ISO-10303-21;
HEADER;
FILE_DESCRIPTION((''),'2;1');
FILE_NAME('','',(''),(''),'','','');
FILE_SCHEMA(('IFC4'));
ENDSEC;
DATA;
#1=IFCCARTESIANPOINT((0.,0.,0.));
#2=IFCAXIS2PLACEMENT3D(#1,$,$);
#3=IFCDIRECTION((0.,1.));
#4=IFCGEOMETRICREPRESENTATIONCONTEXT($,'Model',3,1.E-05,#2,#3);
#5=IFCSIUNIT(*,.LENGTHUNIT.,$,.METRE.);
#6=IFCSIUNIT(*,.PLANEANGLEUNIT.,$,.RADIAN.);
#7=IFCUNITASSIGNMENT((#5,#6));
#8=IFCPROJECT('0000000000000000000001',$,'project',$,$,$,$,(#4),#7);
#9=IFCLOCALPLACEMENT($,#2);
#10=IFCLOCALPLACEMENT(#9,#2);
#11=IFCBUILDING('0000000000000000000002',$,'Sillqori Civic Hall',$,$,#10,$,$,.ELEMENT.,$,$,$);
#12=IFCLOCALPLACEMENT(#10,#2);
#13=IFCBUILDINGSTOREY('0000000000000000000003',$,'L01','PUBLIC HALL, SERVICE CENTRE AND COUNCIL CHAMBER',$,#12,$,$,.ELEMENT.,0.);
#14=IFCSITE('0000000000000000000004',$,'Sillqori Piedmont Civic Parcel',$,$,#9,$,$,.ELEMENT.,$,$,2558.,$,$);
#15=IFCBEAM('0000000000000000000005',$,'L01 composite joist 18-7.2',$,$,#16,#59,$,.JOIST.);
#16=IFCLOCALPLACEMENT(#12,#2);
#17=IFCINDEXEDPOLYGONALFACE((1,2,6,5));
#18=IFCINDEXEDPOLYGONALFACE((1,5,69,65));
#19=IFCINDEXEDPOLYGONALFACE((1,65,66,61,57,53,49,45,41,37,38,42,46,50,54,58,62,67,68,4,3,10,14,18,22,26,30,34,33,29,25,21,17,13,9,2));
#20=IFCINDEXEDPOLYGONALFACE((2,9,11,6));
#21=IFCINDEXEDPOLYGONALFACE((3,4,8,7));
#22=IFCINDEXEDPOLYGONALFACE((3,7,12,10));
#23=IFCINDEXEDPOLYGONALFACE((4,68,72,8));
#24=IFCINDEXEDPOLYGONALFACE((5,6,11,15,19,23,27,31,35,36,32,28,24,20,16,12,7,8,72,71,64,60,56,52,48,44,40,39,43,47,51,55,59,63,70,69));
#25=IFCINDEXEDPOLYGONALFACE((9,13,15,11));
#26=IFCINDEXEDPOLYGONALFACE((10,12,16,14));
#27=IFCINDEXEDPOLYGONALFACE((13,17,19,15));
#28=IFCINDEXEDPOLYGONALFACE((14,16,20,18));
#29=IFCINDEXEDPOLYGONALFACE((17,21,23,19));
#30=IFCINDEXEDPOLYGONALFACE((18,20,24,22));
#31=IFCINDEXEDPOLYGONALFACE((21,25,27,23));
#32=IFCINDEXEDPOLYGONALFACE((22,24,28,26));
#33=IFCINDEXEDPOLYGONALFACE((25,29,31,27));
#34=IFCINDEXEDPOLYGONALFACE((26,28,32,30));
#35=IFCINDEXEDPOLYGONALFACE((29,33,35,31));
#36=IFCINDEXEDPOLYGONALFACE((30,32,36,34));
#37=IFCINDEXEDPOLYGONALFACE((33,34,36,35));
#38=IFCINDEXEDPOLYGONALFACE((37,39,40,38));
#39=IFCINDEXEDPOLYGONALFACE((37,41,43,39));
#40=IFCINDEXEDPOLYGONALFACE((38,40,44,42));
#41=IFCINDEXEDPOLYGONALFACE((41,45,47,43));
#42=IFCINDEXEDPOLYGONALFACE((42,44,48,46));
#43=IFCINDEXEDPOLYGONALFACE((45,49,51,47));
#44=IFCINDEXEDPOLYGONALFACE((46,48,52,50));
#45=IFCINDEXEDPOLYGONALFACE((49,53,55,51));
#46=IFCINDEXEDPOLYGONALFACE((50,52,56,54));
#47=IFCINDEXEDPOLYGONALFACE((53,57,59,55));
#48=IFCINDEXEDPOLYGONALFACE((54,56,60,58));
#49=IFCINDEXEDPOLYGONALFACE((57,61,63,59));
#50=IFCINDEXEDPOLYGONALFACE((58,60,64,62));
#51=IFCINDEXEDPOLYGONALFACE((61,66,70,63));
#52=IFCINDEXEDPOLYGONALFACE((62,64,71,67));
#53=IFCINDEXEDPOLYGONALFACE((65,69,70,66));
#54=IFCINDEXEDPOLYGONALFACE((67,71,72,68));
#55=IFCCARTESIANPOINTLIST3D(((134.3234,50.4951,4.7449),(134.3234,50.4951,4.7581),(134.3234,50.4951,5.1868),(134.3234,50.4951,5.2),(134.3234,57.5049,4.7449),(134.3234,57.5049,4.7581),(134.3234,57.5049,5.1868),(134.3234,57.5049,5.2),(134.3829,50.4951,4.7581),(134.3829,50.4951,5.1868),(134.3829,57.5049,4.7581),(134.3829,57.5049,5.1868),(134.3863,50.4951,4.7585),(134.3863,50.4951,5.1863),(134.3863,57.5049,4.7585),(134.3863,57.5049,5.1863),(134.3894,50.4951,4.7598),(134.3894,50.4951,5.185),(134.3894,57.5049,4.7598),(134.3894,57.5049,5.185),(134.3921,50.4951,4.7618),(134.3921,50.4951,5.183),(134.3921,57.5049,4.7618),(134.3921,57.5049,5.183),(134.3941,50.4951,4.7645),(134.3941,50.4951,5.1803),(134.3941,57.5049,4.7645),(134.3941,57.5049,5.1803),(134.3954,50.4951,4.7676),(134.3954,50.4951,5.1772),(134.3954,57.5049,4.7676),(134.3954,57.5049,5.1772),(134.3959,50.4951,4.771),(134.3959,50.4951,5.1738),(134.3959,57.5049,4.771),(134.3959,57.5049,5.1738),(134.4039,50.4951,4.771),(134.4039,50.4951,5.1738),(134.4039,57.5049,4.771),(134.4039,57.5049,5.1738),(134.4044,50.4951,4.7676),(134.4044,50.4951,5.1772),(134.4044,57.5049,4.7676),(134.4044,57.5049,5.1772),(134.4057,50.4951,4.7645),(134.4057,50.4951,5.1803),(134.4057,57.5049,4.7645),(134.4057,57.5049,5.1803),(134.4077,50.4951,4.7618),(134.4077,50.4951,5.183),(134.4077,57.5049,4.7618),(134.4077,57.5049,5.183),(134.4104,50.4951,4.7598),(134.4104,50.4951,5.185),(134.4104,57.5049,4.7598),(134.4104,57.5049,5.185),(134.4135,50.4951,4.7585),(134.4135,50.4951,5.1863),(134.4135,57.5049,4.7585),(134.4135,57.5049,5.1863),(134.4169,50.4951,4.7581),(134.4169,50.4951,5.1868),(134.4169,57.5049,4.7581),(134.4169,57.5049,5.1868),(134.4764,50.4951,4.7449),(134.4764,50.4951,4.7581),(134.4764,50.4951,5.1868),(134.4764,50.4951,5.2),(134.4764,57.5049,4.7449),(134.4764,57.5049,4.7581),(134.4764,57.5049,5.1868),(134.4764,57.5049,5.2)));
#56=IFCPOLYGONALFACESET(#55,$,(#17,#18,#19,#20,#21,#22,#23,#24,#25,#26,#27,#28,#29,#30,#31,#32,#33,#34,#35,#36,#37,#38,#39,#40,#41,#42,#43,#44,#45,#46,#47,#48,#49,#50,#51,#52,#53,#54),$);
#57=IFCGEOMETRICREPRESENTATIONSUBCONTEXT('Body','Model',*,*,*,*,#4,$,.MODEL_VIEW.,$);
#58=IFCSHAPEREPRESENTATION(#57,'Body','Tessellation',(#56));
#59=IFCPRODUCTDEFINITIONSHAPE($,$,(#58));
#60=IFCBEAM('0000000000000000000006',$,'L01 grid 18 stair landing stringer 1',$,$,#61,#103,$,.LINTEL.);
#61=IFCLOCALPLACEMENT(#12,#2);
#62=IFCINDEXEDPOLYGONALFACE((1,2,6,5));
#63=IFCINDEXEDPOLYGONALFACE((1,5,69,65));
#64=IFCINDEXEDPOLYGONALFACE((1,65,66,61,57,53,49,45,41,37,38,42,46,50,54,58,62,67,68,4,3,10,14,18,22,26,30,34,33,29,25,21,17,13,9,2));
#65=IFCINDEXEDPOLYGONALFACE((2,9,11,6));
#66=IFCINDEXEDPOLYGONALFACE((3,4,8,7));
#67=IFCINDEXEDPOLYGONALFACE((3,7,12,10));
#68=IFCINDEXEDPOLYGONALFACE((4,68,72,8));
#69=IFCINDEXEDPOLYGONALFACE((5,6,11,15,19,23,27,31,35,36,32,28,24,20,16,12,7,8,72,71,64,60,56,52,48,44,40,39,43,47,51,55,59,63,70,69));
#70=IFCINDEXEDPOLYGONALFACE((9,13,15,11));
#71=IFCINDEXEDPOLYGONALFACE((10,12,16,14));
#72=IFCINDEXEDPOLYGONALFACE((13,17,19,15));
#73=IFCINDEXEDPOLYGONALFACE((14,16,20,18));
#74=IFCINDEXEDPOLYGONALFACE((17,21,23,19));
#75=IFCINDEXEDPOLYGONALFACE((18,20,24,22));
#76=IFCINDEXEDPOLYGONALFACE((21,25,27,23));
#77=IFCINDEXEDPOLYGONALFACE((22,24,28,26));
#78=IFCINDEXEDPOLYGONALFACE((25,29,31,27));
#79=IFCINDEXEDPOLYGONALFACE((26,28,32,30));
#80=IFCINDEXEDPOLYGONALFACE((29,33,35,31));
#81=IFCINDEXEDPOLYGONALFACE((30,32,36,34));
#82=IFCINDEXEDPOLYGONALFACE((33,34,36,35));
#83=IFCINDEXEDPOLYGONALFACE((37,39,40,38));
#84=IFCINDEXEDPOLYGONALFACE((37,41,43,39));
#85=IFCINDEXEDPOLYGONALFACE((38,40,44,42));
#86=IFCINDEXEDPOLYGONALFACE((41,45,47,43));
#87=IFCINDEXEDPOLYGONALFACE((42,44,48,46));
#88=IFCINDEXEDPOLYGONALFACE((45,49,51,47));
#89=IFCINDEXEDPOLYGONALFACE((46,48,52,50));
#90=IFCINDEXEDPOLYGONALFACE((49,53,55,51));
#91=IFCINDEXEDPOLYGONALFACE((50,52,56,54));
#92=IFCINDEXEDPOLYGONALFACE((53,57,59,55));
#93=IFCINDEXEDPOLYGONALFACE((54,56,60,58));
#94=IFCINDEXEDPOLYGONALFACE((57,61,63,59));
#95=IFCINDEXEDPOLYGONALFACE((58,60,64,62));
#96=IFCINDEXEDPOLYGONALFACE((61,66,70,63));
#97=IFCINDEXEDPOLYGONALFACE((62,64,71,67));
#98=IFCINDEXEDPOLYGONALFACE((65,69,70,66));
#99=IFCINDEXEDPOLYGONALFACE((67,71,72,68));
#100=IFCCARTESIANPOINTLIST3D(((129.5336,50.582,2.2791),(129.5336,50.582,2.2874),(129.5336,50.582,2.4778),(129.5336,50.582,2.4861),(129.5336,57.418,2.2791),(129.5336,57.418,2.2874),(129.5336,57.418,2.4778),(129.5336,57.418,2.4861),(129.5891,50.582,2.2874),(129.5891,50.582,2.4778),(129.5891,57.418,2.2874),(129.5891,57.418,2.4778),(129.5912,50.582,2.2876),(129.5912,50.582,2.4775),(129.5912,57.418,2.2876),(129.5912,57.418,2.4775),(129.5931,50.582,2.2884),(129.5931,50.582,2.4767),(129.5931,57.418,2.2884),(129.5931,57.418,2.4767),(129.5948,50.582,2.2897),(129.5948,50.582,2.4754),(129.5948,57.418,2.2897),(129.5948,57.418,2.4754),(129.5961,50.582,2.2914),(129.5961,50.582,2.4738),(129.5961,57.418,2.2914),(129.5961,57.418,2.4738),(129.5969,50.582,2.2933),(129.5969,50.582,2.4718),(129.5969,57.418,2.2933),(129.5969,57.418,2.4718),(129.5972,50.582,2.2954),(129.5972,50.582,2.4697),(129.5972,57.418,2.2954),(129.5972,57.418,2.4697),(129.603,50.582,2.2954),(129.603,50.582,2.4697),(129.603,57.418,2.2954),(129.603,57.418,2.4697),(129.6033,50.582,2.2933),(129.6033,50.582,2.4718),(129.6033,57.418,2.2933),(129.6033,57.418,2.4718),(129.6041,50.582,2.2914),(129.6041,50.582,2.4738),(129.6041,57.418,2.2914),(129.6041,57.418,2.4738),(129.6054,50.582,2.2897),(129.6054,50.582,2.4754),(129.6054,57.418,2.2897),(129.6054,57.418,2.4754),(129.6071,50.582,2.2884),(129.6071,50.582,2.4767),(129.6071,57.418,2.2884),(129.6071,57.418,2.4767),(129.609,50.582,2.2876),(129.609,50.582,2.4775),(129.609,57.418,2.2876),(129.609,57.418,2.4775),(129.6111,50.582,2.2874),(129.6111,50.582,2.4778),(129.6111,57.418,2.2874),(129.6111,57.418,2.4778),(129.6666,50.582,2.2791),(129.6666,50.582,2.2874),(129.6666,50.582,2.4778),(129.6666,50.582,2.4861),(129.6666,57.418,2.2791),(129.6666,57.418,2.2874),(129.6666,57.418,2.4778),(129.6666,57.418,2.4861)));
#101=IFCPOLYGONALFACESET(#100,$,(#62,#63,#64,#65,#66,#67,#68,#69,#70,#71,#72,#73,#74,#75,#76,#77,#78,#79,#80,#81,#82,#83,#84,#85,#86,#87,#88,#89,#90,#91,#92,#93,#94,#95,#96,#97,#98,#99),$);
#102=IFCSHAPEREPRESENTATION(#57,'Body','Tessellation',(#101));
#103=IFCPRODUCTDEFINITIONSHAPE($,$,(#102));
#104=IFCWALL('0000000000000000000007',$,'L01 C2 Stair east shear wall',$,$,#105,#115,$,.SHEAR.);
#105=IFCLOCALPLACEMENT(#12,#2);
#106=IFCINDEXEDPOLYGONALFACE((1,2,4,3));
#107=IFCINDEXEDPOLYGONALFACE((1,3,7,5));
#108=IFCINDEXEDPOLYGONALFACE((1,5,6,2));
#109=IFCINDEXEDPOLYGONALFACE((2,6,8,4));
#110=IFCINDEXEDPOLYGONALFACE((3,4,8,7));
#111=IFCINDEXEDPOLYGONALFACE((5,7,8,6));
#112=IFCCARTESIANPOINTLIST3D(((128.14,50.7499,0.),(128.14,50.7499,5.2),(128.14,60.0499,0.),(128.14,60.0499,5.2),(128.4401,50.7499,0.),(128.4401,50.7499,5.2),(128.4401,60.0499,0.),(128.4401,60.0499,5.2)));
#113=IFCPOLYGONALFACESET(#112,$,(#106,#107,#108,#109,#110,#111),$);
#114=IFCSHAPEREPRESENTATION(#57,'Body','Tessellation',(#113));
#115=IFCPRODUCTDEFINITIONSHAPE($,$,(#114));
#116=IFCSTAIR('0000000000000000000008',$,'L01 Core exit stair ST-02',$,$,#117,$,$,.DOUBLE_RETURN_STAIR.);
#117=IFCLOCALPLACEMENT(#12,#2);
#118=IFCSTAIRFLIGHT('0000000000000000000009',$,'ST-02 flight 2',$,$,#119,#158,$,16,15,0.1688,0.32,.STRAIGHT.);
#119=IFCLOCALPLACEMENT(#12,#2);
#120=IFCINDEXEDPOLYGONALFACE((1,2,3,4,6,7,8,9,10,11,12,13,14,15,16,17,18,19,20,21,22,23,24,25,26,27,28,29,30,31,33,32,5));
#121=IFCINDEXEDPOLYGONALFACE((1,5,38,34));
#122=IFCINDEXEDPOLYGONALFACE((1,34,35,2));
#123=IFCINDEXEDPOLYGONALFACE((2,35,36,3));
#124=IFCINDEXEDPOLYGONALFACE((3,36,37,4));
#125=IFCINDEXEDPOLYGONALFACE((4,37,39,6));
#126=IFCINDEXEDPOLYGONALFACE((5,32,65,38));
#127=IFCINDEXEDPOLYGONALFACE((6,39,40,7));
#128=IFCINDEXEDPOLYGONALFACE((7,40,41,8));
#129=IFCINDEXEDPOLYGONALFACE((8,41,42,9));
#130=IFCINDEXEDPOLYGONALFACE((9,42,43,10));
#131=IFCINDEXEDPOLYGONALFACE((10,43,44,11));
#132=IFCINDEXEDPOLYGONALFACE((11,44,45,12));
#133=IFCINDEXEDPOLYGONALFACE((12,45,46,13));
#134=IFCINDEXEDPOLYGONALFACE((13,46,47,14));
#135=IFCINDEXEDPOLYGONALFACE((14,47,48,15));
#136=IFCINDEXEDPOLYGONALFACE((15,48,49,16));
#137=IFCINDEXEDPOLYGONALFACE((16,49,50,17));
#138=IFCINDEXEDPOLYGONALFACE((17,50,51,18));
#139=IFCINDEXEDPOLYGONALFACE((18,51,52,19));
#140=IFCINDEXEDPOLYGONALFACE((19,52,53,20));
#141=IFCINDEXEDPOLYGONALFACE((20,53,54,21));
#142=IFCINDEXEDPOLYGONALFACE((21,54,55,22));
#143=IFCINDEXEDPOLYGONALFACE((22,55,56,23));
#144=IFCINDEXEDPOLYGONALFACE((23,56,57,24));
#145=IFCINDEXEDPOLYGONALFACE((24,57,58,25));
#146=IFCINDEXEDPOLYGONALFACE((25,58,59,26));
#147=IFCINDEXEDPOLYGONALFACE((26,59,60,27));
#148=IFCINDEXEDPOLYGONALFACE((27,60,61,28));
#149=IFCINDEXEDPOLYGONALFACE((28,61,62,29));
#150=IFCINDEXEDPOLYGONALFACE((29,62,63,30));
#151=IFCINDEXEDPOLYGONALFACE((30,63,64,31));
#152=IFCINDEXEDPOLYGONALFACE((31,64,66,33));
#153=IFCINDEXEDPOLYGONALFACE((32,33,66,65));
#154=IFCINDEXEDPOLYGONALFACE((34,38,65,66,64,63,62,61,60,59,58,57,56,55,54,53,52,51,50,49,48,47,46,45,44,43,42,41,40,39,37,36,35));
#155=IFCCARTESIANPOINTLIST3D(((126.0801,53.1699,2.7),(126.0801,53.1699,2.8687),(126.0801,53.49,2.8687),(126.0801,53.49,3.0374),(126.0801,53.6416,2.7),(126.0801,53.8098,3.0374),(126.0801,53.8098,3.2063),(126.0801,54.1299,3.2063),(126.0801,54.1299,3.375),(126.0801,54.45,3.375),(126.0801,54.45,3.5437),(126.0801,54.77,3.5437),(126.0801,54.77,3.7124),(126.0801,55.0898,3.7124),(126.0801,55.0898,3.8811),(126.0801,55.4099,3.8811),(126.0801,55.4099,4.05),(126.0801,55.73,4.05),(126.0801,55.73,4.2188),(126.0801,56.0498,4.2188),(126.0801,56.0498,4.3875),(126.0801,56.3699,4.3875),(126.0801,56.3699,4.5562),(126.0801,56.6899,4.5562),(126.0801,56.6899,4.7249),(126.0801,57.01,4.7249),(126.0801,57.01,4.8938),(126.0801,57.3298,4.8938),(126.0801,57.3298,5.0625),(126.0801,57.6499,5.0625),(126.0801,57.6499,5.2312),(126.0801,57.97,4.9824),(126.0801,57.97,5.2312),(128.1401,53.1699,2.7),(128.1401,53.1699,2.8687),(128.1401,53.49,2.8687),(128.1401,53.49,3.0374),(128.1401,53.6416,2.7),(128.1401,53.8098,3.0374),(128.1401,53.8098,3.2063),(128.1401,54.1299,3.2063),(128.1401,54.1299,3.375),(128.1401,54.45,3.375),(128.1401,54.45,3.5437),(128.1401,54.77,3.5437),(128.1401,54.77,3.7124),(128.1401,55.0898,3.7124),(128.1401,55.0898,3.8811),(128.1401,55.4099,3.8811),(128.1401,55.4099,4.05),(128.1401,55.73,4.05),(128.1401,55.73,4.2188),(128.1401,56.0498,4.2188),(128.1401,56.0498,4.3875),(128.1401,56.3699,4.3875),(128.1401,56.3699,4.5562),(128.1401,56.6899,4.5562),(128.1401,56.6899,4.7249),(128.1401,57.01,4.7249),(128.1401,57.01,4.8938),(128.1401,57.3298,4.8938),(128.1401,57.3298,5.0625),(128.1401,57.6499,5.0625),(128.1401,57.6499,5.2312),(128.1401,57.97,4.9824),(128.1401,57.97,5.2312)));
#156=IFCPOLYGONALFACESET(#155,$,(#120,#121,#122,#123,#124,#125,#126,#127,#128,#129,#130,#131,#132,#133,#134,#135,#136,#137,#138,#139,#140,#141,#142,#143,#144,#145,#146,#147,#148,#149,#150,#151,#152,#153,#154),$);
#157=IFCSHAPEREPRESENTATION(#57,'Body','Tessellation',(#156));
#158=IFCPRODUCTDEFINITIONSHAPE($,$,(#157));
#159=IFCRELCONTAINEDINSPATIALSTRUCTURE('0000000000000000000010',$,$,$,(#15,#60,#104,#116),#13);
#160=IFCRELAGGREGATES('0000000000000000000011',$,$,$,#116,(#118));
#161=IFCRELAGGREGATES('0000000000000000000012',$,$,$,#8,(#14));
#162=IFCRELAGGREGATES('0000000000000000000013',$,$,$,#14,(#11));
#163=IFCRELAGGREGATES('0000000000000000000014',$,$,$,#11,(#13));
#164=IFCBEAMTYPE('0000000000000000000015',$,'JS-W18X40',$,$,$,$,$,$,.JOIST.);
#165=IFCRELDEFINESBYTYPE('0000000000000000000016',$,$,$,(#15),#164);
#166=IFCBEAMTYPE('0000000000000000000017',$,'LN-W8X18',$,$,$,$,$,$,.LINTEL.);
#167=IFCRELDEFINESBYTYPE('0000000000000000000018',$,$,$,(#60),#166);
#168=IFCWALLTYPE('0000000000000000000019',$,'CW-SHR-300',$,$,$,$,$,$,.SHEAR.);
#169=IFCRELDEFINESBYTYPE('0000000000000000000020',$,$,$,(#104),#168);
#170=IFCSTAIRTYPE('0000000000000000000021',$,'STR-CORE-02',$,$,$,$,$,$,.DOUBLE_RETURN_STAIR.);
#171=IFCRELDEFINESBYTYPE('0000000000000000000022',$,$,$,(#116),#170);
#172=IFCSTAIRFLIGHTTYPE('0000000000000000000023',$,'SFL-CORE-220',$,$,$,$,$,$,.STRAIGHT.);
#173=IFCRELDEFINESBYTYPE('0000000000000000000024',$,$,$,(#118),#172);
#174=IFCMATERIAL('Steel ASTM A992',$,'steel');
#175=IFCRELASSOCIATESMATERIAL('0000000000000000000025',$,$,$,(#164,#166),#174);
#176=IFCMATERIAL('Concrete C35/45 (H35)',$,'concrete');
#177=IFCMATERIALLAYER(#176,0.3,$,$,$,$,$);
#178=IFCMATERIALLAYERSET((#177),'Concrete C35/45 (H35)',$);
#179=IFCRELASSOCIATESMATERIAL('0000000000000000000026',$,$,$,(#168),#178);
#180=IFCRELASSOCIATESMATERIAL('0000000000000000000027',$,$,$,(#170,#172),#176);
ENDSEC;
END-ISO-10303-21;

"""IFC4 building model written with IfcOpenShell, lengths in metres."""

from ifc_helpers import new_model, si_unit, direction, frame, frame_2d, origin, origin_2d, place, context, subcontext, project, spatial, polyline, rectangle, i_section, outline, extrude, material, layer, layer_set, material_profile, profile_set, type_object, element, aggregate, save


model = new_model("IFC4")

# Units and contexts
model_context = context("Model", 3, precision=1e-05, world=origin(), true_north=direction((0.0, 1.0)))
body_context = subcontext(model_context, "Body", "Model", "MODEL_VIEW")
ifc_project = project(units=[si_unit("LENGTHUNIT", "METRE"), si_unit("PLANEANGLEUNIT", "RADIAN")], contexts=[model_context])

# Site, building, storey
site_placement = place(None, origin())
site = spatial("IfcSite", under=ifc_project, at=site_placement, Name="Sillqori Piedmont Civic Parcel", CompositionType="ELEMENT", RefElevation=2558.0)
building_placement = place(site_placement, origin())
building = spatial("IfcBuilding", under=site, at=building_placement, Name="Sillqori Civic Hall", CompositionType="ELEMENT")
storey_placement = place(building_placement, origin())
storey = spatial("IfcBuildingStorey", under=building, at=storey_placement, Name="L01", Description="PUBLIC HALL, SERVICE CENTRE AND COUNCIL CHAMBER", CompositionType="ELEMENT", Elevation=0.0)

# Shared definitions
ifc_material_1 = material(Name="Steel ASTM A992", Category="steel")

# Beams
ifc_material_profile_1 = material_profile(ifc_material_1, i_section(OverallWidth=0.1531, OverallDepth=0.4551, WebThickness=0.0081, FlangeThickness=0.0132, FilletRadius=0.0129, at=origin_2d()), Name="W18X40")
ifc_profile_set_1 = profile_set([ifc_material_profile_1], Name="Steel ASTM A992")
beam_type_1 = type_object("IfcBeamType", Name="JS-W18X40", PredefinedType="JOIST", material=ifc_profile_set_1)
for number, where, z_axis, x_axis, name in (
    (1, (134.3999, 50.4951, 4.9724), (0.0, 1.0, 0.0), (-1.0, 0.0, 0.0), "L01 composite joist 18-7.2"),
):
    element("IfcBeam", number, at=place(storey_placement, frame(where, z_axis=z_axis, x_axis=x_axis)), inside=storey, type_object=beam_type_1, Name=name, PredefinedType="JOIST", context=body_context, shape_type="SweptSolid", body=[
        extrude(i_section(OverallWidth=0.1531, OverallDepth=0.4551, WebThickness=0.0081, FlangeThickness=0.0132, FilletRadius=0.0129, at=origin_2d()), origin(), (0.0, 0.0, 1.0), 7.0098),
    ])
ifc_material_profile_2 = material_profile(ifc_material_1, i_section(OverallWidth=0.1331, OverallDepth=0.207, WebThickness=0.0059, FlangeThickness=0.0083, FilletRadius=0.0081, at=origin_2d()), Name="W8X18")
ifc_profile_set_2 = profile_set([ifc_material_profile_2], Name="Steel ASTM A992")
beam_type_2 = type_object("IfcBeamType", Name="LN-W8X18", PredefinedType="LINTEL", material=ifc_profile_set_2)
beam_1_placement = place(storey_placement, frame((129.6001, 50.582, 2.3826), z_axis=(0.0, 1.0, 0.0), x_axis=(-1.0, 0.0, 0.0)))
element("IfcBeam", 2, at=beam_1_placement, inside=storey, type_object=beam_type_2, Name="L01 grid 18 stair landing stringer 1", PredefinedType="LINTEL", context=body_context, shape_type="SweptSolid", body=[
    extrude(i_section(OverallWidth=0.1331, OverallDepth=0.207, WebThickness=0.0059, FlangeThickness=0.0083, FilletRadius=0.0081, at=origin_2d()), origin(), (0.0, 0.0, 1.0), 6.8359),
])

# Wall
ifc_material_2 = material(Name="Concrete C35/45 (H35)", Category="concrete")
ifc_layer_1 = layer(ifc_material_2, 0.3)
ifc_layer_set_1 = layer_set([ifc_layer_1], Name="Concrete C35/45 (H35)")
wall_type = type_object("IfcWallType", Name="CW-SHR-300", PredefinedType="SHEAR", material=ifc_layer_set_1)
wall_placement = place(storey_placement, frame((128.29, 50.75, 0.0), z_axis=(0.0, 0.0, 1.0), x_axis=(0.0, 1.0, 0.0)))
element("IfcWall", 3, at=wall_placement, inside=storey, type_object=wall_type, Name="L01 C2 Stair east shear wall", PredefinedType="SHEAR", context=body_context, shape_type="SweptSolid", body=[
    extrude(rectangle(XDim=9.3, YDim=0.3, at=frame_2d((4.6499, 0.0))), origin(), (0.0, 0.0, 1.0), 5.2),
])

# Stair, stair flight
stair_type = type_object("IfcStairType", Name="STR-CORE-02", PredefinedType="DOUBLE_RETURN_STAIR", material=ifc_material_2)
stair_placement = place(storey_placement, origin())
stair = element("IfcStair", 4, at=stair_placement, inside=storey, type_object=stair_type, Name="L01 Core exit stair ST-02", PredefinedType="DOUBLE_RETURN_STAIR")
stair_flight_type = type_object("IfcStairFlightType", Name="SFL-CORE-220", PredefinedType="STRAIGHT", material=ifc_material_2)
stair_flight_placement = place(storey_placement, frame((127.1101, 53.1699, 2.7), z_axis=(0.0, 0.0, 1.0), x_axis=(0.0, 1.0, 0.0)))
stair_flight = element("IfcStairFlight", 5, at=stair_flight_placement, type_object=stair_flight_type, Name="ST-02 flight 2", NumberOfRisers=16, NumberOfTreads=15, PredefinedType="STRAIGHT", RiserHeight=0.1688, TreadLength=0.32, context=body_context, shape_type="SweptSolid", body=[
    extrude(outline(polyline([(0.0, 0.0), (0.0, 0.1687), (0.3201, 0.1687), (0.3201, 0.3374), (0.6399, 0.3374), (0.6399, 0.5063), (0.96, 0.5063), (0.96, 0.675), (1.28, 0.675), (1.28, 0.8438), (1.6001, 0.8438), (1.6001, 1.0125), (1.9199, 1.0125), (1.9199, 1.1812), (2.24, 1.1812), (2.24, 1.3501), (2.5601, 1.3501), (2.5601, 1.5188), (2.8799, 1.5188), (2.8799, 1.6875), (3.2, 1.6875), (3.2, 1.8562), (3.52, 1.8562), (3.52, 2.0249), (3.8401, 2.0249), (3.8401, 2.1938), (4.1599, 2.1938), (4.1599, 2.3625), (4.48, 2.3625), (4.48, 2.5312), (4.8, 2.5312), (4.8, 2.7), (4.8, 2.2825), (0.4717, 0.0), (0.0, 0.0)])), frame((0.0, 1.03, 0.0), z_axis=(0.0, -1.0, 0.0), x_axis=(1.0, 0.0, 0.0)), (0.0, 0.0, 1.0), 2.0601),
])
aggregate(stair, [stair_flight])

save(model, "model.ifc")
